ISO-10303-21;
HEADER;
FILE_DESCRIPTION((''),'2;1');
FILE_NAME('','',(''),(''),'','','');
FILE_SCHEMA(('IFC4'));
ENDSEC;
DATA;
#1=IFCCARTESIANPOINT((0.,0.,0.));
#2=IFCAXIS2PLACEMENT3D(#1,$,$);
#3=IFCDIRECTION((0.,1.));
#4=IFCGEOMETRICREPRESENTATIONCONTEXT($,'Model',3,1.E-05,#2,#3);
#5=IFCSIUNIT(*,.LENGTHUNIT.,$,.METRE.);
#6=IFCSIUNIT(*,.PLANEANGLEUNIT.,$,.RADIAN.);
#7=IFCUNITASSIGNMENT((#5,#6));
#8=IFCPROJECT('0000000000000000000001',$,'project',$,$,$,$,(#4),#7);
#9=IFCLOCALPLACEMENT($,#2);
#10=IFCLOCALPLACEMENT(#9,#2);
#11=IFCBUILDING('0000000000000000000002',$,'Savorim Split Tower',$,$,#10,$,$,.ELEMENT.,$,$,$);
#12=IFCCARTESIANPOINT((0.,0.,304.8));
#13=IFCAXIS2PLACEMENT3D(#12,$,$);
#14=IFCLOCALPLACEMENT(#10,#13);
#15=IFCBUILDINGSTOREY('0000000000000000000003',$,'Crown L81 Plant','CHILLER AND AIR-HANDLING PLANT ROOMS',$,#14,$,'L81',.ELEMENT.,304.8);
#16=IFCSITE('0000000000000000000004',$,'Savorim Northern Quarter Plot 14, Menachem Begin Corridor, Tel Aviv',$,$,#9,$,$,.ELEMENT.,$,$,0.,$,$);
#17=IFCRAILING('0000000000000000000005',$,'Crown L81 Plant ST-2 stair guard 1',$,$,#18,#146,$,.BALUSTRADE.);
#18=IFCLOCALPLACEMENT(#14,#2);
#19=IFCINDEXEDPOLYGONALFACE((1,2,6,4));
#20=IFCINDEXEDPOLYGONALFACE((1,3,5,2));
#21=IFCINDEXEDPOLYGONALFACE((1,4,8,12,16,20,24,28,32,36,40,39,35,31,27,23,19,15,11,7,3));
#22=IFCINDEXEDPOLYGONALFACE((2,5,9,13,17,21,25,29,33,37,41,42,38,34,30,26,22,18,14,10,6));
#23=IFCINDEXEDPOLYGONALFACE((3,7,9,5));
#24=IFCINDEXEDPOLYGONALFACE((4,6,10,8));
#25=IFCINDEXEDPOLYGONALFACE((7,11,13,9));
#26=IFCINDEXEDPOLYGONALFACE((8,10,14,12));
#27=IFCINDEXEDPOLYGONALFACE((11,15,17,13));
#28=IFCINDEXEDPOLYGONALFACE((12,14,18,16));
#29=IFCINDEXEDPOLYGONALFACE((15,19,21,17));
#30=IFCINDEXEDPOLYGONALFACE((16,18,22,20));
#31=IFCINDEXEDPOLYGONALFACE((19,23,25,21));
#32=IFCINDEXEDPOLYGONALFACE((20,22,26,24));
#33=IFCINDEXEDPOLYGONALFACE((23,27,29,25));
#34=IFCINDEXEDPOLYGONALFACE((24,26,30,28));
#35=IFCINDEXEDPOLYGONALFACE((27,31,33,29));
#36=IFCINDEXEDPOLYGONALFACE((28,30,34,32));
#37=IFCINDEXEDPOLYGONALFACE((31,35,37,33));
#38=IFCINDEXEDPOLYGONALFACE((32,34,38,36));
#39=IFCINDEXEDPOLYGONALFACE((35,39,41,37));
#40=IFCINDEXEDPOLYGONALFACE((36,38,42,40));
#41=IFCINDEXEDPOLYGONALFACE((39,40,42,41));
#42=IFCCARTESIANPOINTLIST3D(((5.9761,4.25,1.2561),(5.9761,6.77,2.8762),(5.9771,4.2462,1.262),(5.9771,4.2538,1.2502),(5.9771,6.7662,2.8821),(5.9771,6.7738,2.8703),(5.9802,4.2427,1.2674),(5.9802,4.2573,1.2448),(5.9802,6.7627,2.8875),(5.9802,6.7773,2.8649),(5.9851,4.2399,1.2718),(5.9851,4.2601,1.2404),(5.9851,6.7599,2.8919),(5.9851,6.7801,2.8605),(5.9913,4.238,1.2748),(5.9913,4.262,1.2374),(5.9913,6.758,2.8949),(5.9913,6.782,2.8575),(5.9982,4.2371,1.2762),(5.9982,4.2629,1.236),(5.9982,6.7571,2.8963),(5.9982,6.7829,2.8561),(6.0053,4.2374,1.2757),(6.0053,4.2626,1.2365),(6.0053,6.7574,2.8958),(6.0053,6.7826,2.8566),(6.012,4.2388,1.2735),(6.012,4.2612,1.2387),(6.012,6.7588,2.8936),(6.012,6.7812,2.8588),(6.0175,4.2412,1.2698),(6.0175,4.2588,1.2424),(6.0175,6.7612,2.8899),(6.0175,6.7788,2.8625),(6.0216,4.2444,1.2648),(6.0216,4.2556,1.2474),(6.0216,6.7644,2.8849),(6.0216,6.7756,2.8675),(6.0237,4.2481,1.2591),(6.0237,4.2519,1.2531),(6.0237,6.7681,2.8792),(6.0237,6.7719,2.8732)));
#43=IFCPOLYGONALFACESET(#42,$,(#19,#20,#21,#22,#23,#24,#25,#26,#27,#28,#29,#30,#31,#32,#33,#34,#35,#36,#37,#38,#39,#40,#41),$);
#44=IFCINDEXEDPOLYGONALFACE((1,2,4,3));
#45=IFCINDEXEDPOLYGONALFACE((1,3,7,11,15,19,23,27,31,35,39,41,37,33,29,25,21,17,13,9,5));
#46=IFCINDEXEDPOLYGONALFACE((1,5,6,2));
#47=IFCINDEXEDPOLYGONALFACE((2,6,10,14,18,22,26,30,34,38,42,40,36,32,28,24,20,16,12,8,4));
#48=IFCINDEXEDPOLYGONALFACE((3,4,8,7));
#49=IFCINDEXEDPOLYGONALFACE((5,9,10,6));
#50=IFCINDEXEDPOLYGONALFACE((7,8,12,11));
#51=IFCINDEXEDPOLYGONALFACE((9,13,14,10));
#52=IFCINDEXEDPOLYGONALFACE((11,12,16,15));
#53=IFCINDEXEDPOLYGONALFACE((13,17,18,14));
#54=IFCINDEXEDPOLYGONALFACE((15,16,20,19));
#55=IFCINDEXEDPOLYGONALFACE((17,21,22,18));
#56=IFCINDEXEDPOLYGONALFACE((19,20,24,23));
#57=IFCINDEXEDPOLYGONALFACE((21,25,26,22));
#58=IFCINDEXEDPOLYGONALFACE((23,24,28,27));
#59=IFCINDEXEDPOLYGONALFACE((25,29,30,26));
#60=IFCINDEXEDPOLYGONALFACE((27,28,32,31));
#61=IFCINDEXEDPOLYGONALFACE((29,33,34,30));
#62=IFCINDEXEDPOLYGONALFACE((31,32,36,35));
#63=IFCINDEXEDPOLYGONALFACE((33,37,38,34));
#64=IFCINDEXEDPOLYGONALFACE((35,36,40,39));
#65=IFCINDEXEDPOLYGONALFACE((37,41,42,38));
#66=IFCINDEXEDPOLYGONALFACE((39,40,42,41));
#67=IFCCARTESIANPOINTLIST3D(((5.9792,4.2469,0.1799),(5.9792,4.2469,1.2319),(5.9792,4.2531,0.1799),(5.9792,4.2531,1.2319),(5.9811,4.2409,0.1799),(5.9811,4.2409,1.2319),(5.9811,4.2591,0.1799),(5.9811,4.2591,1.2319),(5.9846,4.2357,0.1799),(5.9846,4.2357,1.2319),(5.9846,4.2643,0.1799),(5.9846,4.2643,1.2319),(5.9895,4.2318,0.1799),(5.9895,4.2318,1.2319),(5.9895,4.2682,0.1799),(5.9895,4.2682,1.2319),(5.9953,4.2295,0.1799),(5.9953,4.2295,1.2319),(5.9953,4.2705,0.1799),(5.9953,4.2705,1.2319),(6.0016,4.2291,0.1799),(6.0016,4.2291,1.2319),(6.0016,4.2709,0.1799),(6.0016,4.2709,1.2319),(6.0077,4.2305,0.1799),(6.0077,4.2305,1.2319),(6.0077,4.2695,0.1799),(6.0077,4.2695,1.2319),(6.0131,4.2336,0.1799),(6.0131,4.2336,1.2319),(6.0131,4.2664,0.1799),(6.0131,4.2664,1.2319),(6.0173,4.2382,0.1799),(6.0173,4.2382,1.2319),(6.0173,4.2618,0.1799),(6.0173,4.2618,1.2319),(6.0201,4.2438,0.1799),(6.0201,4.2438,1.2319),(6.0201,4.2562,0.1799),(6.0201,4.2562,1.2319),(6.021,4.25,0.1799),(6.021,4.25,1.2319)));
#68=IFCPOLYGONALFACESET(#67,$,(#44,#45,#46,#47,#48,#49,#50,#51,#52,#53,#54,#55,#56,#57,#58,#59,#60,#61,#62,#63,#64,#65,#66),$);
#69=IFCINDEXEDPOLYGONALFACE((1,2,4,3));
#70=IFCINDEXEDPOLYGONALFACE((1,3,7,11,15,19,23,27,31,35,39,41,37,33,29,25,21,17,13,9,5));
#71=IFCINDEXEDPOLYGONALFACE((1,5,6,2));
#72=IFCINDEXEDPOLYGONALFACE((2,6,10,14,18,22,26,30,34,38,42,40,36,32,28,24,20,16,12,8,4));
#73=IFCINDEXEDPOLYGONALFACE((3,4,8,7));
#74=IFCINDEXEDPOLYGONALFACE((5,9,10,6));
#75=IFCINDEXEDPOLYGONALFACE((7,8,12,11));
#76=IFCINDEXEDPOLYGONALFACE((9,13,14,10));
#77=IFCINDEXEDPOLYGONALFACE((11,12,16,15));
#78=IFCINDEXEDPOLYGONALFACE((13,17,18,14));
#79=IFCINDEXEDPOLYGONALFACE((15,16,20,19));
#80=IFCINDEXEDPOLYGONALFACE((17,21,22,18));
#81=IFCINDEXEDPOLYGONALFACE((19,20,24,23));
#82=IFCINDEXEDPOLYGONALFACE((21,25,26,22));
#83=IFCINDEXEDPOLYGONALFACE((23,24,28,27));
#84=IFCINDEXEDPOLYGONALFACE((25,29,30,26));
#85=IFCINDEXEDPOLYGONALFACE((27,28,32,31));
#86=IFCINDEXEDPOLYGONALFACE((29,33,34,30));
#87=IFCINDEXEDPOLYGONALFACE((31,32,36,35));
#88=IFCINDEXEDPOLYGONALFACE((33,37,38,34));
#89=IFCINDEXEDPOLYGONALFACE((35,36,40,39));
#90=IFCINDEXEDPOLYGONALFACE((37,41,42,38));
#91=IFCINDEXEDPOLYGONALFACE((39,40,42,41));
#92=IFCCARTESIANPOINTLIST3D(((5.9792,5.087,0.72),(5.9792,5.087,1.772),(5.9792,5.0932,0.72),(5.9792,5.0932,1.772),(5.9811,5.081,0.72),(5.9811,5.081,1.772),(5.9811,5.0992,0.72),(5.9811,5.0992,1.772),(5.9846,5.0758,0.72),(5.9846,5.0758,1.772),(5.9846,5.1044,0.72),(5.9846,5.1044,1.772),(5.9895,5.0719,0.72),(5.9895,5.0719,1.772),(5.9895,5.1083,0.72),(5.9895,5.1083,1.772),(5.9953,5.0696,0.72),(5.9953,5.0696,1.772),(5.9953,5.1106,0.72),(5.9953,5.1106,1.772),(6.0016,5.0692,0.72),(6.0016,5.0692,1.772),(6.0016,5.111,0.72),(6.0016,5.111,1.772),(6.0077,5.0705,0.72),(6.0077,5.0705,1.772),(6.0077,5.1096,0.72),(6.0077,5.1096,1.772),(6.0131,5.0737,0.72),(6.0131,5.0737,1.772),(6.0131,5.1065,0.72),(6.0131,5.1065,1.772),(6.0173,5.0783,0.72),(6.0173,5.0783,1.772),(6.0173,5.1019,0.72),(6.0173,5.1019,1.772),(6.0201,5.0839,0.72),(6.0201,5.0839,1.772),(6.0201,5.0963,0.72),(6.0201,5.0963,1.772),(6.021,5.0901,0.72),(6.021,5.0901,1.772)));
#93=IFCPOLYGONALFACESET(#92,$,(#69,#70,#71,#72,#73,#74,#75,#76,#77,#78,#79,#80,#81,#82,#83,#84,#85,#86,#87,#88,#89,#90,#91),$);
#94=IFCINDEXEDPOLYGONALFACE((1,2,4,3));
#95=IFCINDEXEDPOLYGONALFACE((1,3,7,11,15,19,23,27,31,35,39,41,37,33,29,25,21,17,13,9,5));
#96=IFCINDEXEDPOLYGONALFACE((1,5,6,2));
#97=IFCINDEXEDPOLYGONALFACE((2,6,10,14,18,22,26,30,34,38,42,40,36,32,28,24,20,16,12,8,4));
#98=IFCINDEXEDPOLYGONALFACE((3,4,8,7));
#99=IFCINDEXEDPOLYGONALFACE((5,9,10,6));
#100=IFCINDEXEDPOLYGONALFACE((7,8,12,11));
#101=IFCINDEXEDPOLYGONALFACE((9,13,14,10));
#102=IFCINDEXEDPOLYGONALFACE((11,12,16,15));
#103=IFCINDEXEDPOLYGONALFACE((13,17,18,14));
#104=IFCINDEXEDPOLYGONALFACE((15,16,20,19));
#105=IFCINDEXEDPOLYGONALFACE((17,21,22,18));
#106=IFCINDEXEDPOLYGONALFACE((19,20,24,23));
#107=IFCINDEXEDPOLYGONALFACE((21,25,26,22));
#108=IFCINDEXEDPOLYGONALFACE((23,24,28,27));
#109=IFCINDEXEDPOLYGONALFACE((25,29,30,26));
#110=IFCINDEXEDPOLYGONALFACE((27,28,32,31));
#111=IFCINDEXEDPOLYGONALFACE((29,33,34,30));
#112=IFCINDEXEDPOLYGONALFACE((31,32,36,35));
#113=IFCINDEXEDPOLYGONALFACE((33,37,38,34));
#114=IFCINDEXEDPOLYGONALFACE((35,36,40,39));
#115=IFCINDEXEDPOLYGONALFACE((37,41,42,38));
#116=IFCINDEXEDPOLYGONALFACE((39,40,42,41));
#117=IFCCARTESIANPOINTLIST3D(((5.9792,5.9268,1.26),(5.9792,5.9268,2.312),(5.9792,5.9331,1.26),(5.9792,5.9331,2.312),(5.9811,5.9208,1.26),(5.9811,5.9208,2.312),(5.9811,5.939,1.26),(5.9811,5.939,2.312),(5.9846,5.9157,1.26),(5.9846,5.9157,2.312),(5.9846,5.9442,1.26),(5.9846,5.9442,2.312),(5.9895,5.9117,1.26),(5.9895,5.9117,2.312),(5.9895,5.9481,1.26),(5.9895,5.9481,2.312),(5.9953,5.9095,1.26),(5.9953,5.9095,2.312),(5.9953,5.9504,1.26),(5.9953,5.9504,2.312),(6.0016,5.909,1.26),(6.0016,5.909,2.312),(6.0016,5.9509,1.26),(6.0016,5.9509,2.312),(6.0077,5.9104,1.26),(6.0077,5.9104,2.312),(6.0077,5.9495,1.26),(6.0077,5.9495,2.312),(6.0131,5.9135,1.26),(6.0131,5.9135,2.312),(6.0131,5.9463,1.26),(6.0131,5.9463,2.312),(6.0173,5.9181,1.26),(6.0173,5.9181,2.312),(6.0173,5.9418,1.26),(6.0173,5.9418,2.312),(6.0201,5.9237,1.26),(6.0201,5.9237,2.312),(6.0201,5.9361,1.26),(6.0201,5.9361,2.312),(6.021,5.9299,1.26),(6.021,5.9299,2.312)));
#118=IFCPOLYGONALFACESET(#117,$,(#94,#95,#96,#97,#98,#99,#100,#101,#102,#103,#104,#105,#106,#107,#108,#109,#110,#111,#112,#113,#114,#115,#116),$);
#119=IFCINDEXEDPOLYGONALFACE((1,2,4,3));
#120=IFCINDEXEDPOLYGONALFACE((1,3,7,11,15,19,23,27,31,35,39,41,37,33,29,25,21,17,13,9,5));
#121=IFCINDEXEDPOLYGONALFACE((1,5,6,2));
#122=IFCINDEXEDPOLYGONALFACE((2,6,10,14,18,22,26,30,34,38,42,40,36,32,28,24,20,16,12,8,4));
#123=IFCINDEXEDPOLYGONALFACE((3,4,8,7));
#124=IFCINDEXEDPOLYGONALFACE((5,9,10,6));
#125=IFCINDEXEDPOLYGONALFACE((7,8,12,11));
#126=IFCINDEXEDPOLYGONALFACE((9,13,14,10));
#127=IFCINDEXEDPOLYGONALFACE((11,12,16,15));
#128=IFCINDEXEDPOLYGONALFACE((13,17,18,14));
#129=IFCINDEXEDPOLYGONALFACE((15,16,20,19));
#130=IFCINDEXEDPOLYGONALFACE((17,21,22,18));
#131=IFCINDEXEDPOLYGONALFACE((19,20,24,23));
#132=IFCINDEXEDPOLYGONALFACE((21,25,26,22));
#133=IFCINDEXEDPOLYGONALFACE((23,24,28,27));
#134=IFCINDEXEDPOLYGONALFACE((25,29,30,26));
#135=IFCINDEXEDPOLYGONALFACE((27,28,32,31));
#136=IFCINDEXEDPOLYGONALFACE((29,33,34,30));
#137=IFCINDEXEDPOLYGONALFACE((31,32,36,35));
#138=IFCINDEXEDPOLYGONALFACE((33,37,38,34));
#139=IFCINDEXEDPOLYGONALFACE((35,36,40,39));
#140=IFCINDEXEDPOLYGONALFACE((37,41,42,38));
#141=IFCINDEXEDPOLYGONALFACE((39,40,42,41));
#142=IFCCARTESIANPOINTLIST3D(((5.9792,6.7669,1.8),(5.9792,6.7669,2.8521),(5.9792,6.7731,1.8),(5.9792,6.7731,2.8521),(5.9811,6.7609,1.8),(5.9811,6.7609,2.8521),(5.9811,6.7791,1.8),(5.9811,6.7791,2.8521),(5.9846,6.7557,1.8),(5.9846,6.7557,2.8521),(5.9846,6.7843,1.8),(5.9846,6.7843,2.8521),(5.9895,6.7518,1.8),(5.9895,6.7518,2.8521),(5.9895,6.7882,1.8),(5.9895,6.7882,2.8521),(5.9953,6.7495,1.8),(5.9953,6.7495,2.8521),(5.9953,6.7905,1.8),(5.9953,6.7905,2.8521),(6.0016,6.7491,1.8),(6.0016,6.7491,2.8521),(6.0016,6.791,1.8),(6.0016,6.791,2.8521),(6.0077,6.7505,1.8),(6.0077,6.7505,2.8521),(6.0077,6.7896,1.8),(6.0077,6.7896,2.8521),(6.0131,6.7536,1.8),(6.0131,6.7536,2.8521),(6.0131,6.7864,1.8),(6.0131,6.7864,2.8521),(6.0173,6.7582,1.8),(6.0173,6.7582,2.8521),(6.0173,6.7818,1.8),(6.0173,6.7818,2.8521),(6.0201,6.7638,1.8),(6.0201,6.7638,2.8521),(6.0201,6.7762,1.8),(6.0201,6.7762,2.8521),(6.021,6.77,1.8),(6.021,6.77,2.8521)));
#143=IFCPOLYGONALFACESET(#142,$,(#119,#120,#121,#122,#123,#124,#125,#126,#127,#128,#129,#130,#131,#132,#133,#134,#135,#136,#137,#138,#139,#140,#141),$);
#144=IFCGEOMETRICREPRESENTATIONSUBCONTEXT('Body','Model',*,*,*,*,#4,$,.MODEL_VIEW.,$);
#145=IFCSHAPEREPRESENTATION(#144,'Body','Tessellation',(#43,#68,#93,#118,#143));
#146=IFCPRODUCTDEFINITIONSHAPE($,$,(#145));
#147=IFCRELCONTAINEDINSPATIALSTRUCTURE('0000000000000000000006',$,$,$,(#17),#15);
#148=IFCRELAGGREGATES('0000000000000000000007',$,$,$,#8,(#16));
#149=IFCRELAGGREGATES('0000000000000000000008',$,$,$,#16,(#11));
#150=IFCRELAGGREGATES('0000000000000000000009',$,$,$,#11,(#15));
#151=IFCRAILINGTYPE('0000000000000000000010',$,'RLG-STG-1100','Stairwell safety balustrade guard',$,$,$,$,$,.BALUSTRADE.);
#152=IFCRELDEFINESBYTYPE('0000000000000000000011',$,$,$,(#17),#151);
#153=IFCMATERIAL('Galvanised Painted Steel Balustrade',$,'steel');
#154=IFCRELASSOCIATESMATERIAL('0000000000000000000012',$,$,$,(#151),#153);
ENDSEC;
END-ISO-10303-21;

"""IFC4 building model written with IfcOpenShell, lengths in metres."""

from ifc_helpers import new_model, si_unit, direction, frame, origin, origin_2d, place, context, subcontext, project, spatial, circle, extrude, material, type_object, element, save


model = new_model("IFC4")

# Units and contexts
model_context = context("Model", 3, precision=1e-05, world=origin(), true_north=direction((0.0, 1.0)))
body_context = subcontext(model_context, "Body", "Model", "MODEL_VIEW")
ifc_project = project(units=[si_unit("LENGTHUNIT", "METRE"), si_unit("PLANEANGLEUNIT", "RADIAN")], contexts=[model_context])

# Site, building, storey
site_placement = place(None, origin())
site = spatial("IfcSite", under=ifc_project, at=site_placement, Name="Savorim Northern Quarter Plot 14, Menachem Begin Corridor, Tel Aviv", CompositionType="ELEMENT", RefElevation=0.0)
building_placement = place(site_placement, origin())
building = spatial("IfcBuilding", under=site, at=building_placement, Name="Savorim Split Tower", CompositionType="ELEMENT")
storey_placement = place(building_placement, frame((0.0, 0.0, 304.8)))
storey = spatial("IfcBuildingStorey", under=building, at=storey_placement, Name="Crown L81 Plant", Description="CHILLER AND AIR-HANDLING PLANT ROOMS", LongName="L81", CompositionType="ELEMENT", Elevation=304.8)

# Railing
ifc_material_1 = material(Name="Galvanised Painted Steel Balustrade", Category="steel")
railing_type_1 = type_object("IfcRailingType", Name="RLG-STG-1100", Description="Stairwell safety balustrade guard", PredefinedType="BALUSTRADE", material=ifc_material_1)
railing_1_placement = place(storey_placement, frame((6.0, 4.25, 0.1799)))
element("IfcRailing", 1, at=railing_1_placement, inside=storey, type_object=railing_type_1, Name="Crown L81 Plant ST-2 stair guard 1", PredefinedType="BALUSTRADE", context=body_context, shape_type="SweptSolid", body=[
    extrude(circle(Radius=0.0239, at=origin_2d()), frame((0.0, 0.0, 1.0762), z_axis=(0.0, 0.841163, 0.540782), x_axis=(-1.0, 0.0, 0.0)), (0.0, 0.0, 1.0), 2.9958),
    extrude(circle(Radius=0.021, at=origin_2d()), origin(), (0.0, 0.0, 1.0), 1.052),
    extrude(circle(Radius=0.021, at=origin_2d()), frame((0.0, 0.8401, 0.54)), (0.0, 0.0, 1.0), 1.052),
    extrude(circle(Radius=0.021, at=origin_2d()), frame((0.0, 1.6799, 1.0801)), (0.0, 0.0, 1.0), 1.052),
    extrude(circle(Radius=0.021, at=origin_2d()), frame((0.0, 2.52, 1.6201)), (0.0, 0.0, 1.0), 1.052),
])

save(model, "model.ifc")
